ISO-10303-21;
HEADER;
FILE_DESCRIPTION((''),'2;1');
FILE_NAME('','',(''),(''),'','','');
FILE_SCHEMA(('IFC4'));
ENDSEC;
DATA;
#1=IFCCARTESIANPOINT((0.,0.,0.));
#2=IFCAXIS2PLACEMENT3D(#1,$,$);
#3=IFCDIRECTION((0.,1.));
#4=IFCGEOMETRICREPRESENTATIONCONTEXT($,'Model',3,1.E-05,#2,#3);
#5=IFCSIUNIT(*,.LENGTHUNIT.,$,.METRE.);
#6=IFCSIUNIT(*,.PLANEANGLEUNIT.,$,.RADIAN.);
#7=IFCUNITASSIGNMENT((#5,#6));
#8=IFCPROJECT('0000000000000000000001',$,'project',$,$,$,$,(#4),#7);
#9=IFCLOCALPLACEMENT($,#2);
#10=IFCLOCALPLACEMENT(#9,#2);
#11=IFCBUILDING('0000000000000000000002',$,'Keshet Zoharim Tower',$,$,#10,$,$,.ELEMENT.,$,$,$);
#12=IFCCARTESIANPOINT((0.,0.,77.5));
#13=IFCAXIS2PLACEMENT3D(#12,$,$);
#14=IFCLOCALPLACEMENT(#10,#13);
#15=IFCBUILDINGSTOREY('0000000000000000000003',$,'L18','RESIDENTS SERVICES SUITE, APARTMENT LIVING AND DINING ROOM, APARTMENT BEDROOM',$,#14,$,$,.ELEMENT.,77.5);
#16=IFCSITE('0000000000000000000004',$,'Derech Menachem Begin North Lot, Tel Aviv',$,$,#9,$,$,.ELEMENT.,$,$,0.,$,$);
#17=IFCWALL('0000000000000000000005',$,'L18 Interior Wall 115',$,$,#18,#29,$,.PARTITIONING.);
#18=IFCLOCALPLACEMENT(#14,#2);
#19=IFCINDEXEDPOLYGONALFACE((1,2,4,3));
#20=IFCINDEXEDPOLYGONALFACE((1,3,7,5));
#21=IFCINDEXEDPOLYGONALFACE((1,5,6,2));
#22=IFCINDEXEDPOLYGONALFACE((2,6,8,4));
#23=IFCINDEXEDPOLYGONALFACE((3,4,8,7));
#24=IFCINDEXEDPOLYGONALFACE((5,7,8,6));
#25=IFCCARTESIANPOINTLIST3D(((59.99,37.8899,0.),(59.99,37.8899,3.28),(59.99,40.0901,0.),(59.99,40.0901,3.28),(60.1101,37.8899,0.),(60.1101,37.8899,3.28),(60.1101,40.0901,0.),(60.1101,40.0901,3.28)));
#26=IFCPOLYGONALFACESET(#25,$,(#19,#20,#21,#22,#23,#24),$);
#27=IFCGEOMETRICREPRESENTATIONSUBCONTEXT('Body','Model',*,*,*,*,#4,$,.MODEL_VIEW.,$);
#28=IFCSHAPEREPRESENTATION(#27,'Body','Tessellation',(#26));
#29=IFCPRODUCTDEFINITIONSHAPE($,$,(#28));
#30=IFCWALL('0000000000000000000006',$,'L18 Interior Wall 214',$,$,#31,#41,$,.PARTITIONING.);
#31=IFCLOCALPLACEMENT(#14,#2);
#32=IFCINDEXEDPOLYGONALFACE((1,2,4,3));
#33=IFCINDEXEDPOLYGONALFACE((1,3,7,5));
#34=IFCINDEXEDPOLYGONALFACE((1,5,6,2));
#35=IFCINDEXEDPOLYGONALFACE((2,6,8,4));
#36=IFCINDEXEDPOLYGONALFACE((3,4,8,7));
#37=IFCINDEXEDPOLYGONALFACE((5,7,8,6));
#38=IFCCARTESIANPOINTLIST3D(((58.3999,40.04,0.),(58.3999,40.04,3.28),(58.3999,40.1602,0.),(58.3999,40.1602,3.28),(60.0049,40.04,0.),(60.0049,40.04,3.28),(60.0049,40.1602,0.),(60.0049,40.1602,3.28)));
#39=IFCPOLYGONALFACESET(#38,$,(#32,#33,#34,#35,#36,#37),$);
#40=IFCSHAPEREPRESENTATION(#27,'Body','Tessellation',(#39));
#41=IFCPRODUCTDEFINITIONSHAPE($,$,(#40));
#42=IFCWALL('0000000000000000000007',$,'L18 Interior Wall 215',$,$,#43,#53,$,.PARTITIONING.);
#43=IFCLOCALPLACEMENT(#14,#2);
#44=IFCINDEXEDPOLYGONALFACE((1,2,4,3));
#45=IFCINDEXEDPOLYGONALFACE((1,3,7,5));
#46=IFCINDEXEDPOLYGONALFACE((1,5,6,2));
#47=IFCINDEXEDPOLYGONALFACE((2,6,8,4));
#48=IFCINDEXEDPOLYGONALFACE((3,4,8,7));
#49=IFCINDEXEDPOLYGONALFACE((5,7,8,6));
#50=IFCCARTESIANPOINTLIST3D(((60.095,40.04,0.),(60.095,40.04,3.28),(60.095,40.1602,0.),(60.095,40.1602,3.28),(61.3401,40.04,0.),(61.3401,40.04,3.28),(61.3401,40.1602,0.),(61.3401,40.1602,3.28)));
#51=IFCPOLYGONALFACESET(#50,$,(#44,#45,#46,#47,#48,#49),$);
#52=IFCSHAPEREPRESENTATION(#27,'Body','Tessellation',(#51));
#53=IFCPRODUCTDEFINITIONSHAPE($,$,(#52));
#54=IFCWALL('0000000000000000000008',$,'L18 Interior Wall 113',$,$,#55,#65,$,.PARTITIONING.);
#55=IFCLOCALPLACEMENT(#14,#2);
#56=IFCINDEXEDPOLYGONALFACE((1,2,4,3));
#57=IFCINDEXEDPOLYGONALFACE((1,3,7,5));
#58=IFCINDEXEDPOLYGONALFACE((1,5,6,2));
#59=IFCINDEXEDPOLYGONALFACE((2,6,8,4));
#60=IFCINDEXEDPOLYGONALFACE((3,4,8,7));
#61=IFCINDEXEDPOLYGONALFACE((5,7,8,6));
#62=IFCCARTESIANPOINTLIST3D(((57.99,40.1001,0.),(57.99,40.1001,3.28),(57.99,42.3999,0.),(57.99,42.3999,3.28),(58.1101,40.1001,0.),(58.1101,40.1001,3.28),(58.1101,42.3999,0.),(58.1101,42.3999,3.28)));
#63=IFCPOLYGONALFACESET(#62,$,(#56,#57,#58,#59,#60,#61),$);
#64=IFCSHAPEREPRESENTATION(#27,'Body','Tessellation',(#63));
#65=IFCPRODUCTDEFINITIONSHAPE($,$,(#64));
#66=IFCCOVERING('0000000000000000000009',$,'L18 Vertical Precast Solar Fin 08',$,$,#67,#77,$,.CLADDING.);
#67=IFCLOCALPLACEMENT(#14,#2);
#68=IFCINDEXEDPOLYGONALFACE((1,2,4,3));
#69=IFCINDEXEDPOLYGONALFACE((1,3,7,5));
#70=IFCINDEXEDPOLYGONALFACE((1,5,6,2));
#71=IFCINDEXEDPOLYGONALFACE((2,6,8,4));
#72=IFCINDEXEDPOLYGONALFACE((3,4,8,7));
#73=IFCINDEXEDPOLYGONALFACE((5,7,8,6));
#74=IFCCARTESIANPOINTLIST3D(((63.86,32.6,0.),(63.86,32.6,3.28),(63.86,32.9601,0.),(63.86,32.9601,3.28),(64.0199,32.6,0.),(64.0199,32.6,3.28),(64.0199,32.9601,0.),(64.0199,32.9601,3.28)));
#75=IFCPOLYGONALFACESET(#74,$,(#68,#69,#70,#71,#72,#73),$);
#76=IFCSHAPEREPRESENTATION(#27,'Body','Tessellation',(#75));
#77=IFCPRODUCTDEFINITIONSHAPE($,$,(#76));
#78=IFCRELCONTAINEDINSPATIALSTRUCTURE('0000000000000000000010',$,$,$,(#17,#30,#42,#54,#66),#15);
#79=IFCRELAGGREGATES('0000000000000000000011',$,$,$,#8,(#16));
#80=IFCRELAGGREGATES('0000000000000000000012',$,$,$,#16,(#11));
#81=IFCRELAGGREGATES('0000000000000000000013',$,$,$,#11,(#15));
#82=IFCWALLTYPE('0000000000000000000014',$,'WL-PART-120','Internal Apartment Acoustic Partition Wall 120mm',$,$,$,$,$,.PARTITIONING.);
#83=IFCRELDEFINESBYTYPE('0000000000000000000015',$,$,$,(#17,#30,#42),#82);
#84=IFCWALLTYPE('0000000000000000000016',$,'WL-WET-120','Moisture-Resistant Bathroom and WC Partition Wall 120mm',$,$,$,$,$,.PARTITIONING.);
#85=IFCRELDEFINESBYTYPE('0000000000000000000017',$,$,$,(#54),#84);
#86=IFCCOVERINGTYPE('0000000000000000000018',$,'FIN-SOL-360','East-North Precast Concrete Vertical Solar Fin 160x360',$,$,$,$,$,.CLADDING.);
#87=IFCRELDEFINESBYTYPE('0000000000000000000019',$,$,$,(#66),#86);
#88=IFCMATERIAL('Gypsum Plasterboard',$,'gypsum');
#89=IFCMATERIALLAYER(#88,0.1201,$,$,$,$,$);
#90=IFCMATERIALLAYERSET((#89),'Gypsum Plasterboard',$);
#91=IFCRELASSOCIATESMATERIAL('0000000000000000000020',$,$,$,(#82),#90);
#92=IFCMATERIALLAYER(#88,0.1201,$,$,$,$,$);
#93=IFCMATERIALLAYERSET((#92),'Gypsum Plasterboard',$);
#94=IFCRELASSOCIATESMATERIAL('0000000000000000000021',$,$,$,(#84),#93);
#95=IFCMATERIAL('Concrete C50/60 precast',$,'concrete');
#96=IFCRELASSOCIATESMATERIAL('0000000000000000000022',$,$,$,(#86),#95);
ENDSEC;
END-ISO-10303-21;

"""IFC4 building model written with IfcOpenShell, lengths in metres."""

from ifc_helpers import new_model, si_unit, direction, frame, frame_2d, origin, origin_2d, place, context, subcontext, project, spatial, rectangle, extrude, material, layer, layer_set, type_object, element, save


model = new_model("IFC4")

# Units and contexts
model_context = context("Model", 3, precision=1e-05, world=origin(), true_north=direction((0.0, 1.0)))
body_context = subcontext(model_context, "Body", "Model", "MODEL_VIEW")
ifc_project = project(units=[si_unit("LENGTHUNIT", "METRE"), si_unit("PLANEANGLEUNIT", "RADIAN")], contexts=[model_context])

# Site, building, storey
site_placement = place(None, origin())
site = spatial("IfcSite", under=ifc_project, at=site_placement, Name="Derech Menachem Begin North Lot, Tel Aviv", CompositionType="ELEMENT", RefElevation=0.0)
building_placement = place(site_placement, origin())
building = spatial("IfcBuilding", under=site, at=building_placement, Name="Keshet Zoharim Tower", CompositionType="ELEMENT")
storey_placement = place(building_placement, frame((0.0, 0.0, 77.5)))
storey = spatial("IfcBuildingStorey", under=building, at=storey_placement, Name="L18", Description="RESIDENTS SERVICES SUITE, APARTMENT LIVING AND DINING ROOM, APARTMENT BEDROOM", CompositionType="ELEMENT", Elevation=77.5)

# Walls
ifc_material_1 = material(Name="Gypsum Plasterboard", Category="gypsum")
ifc_layer_1 = layer(ifc_material_1, 0.1201)
ifc_layer_set_1 = layer_set([ifc_layer_1], Name="Gypsum Plasterboard")
wall_type_1 = type_object("IfcWallType", Name="WL-PART-120", Description="Internal Apartment Acoustic Partition Wall 120mm", PredefinedType="PARTITIONING", material=ifc_layer_set_1)
wall_1_placement = place(storey_placement, frame((60.05, 37.8899, 0.0), z_axis=(0.0, 0.0, 1.0), x_axis=(0.0, 1.0, 0.0)))
element("IfcWall", 1, at=wall_1_placement, inside=storey, type_object=wall_type_1, Name="L18 Interior Wall 115", PredefinedType="PARTITIONING", context=body_context, shape_type="SweptSolid", body=[
    extrude(rectangle(XDim=2.2002, YDim=0.1201, at=frame_2d((1.1001, 0.0))), origin(), (0.0, 0.0, 1.0), 3.28),
])
wall_2_placement = place(storey_placement, frame((58.3999, 40.1001, 0.0), z_axis=(0.0, 0.0, 1.0), x_axis=(1.0, 0.0, 0.0)))
element("IfcWall", 2, at=wall_2_placement, inside=storey, type_object=wall_type_1, Name="L18 Interior Wall 214", PredefinedType="PARTITIONING", context=body_context, shape_type="SweptSolid", body=[
    extrude(rectangle(XDim=1.605, YDim=0.1201, at=frame_2d((0.8025, 0.0))), origin(), (0.0, 0.0, 1.0), 3.28),
])
wall_3_placement = place(storey_placement, frame((60.095, 40.1001, 0.0), z_axis=(0.0, 0.0, 1.0), x_axis=(1.0, 0.0, 0.0)))
element("IfcWall", 3, at=wall_3_placement, inside=storey, type_object=wall_type_1, Name="L18 Interior Wall 215", PredefinedType="PARTITIONING", context=body_context, shape_type="SweptSolid", body=[
    extrude(rectangle(XDim=1.2451, YDim=0.1201, at=frame_2d((0.6226, 0.0))), origin(), (0.0, 0.0, 1.0), 3.28),
])
ifc_layer_2 = layer(ifc_material_1, 0.1201)
ifc_layer_set_2 = layer_set([ifc_layer_2], Name="Gypsum Plasterboard")
wall_type_2 = type_object("IfcWallType", Name="WL-WET-120", Description="Moisture-Resistant Bathroom and WC Partition Wall 120mm", PredefinedType="PARTITIONING", material=ifc_layer_set_2)
wall_4_placement = place(storey_placement, frame((58.05, 40.1001, 0.0), z_axis=(0.0, 0.0, 1.0), x_axis=(0.0, 1.0, 0.0)))
element("IfcWall", 4, at=wall_4_placement, inside=storey, type_object=wall_type_2, Name="L18 Interior Wall 113", PredefinedType="PARTITIONING", context=body_context, shape_type="SweptSolid", body=[
    extrude(rectangle(XDim=2.2998, YDim=0.1201, at=frame_2d((1.1499, 0.0))), origin(), (0.0, 0.0, 1.0), 3.28),
])

# Covering
ifc_material_2 = material(Name="Concrete C50/60 precast", Category="concrete")
covering_type = type_object("IfcCoveringType", Name="FIN-SOL-360", Description="East-North Precast Concrete Vertical Solar Fin 160x360", PredefinedType="CLADDING", material=ifc_material_2)
covering_placement = place(storey_placement, frame((63.9399, 32.78, 0.0), z_axis=(0.0, 0.0, 1.0), x_axis=(1.0, 0.0, 0.0)))
element("IfcCovering", 5, at=covering_placement, inside=storey, type_object=covering_type, Name="L18 Vertical Precast Solar Fin 08", PredefinedType="CLADDING", context=body_context, shape_type="SweptSolid", body=[
    extrude(rectangle(XDim=0.1599, YDim=0.3601, at=origin_2d()), origin(), (0.0, 0.0, 1.0), 3.28),
])

save(model, "model.ifc")
